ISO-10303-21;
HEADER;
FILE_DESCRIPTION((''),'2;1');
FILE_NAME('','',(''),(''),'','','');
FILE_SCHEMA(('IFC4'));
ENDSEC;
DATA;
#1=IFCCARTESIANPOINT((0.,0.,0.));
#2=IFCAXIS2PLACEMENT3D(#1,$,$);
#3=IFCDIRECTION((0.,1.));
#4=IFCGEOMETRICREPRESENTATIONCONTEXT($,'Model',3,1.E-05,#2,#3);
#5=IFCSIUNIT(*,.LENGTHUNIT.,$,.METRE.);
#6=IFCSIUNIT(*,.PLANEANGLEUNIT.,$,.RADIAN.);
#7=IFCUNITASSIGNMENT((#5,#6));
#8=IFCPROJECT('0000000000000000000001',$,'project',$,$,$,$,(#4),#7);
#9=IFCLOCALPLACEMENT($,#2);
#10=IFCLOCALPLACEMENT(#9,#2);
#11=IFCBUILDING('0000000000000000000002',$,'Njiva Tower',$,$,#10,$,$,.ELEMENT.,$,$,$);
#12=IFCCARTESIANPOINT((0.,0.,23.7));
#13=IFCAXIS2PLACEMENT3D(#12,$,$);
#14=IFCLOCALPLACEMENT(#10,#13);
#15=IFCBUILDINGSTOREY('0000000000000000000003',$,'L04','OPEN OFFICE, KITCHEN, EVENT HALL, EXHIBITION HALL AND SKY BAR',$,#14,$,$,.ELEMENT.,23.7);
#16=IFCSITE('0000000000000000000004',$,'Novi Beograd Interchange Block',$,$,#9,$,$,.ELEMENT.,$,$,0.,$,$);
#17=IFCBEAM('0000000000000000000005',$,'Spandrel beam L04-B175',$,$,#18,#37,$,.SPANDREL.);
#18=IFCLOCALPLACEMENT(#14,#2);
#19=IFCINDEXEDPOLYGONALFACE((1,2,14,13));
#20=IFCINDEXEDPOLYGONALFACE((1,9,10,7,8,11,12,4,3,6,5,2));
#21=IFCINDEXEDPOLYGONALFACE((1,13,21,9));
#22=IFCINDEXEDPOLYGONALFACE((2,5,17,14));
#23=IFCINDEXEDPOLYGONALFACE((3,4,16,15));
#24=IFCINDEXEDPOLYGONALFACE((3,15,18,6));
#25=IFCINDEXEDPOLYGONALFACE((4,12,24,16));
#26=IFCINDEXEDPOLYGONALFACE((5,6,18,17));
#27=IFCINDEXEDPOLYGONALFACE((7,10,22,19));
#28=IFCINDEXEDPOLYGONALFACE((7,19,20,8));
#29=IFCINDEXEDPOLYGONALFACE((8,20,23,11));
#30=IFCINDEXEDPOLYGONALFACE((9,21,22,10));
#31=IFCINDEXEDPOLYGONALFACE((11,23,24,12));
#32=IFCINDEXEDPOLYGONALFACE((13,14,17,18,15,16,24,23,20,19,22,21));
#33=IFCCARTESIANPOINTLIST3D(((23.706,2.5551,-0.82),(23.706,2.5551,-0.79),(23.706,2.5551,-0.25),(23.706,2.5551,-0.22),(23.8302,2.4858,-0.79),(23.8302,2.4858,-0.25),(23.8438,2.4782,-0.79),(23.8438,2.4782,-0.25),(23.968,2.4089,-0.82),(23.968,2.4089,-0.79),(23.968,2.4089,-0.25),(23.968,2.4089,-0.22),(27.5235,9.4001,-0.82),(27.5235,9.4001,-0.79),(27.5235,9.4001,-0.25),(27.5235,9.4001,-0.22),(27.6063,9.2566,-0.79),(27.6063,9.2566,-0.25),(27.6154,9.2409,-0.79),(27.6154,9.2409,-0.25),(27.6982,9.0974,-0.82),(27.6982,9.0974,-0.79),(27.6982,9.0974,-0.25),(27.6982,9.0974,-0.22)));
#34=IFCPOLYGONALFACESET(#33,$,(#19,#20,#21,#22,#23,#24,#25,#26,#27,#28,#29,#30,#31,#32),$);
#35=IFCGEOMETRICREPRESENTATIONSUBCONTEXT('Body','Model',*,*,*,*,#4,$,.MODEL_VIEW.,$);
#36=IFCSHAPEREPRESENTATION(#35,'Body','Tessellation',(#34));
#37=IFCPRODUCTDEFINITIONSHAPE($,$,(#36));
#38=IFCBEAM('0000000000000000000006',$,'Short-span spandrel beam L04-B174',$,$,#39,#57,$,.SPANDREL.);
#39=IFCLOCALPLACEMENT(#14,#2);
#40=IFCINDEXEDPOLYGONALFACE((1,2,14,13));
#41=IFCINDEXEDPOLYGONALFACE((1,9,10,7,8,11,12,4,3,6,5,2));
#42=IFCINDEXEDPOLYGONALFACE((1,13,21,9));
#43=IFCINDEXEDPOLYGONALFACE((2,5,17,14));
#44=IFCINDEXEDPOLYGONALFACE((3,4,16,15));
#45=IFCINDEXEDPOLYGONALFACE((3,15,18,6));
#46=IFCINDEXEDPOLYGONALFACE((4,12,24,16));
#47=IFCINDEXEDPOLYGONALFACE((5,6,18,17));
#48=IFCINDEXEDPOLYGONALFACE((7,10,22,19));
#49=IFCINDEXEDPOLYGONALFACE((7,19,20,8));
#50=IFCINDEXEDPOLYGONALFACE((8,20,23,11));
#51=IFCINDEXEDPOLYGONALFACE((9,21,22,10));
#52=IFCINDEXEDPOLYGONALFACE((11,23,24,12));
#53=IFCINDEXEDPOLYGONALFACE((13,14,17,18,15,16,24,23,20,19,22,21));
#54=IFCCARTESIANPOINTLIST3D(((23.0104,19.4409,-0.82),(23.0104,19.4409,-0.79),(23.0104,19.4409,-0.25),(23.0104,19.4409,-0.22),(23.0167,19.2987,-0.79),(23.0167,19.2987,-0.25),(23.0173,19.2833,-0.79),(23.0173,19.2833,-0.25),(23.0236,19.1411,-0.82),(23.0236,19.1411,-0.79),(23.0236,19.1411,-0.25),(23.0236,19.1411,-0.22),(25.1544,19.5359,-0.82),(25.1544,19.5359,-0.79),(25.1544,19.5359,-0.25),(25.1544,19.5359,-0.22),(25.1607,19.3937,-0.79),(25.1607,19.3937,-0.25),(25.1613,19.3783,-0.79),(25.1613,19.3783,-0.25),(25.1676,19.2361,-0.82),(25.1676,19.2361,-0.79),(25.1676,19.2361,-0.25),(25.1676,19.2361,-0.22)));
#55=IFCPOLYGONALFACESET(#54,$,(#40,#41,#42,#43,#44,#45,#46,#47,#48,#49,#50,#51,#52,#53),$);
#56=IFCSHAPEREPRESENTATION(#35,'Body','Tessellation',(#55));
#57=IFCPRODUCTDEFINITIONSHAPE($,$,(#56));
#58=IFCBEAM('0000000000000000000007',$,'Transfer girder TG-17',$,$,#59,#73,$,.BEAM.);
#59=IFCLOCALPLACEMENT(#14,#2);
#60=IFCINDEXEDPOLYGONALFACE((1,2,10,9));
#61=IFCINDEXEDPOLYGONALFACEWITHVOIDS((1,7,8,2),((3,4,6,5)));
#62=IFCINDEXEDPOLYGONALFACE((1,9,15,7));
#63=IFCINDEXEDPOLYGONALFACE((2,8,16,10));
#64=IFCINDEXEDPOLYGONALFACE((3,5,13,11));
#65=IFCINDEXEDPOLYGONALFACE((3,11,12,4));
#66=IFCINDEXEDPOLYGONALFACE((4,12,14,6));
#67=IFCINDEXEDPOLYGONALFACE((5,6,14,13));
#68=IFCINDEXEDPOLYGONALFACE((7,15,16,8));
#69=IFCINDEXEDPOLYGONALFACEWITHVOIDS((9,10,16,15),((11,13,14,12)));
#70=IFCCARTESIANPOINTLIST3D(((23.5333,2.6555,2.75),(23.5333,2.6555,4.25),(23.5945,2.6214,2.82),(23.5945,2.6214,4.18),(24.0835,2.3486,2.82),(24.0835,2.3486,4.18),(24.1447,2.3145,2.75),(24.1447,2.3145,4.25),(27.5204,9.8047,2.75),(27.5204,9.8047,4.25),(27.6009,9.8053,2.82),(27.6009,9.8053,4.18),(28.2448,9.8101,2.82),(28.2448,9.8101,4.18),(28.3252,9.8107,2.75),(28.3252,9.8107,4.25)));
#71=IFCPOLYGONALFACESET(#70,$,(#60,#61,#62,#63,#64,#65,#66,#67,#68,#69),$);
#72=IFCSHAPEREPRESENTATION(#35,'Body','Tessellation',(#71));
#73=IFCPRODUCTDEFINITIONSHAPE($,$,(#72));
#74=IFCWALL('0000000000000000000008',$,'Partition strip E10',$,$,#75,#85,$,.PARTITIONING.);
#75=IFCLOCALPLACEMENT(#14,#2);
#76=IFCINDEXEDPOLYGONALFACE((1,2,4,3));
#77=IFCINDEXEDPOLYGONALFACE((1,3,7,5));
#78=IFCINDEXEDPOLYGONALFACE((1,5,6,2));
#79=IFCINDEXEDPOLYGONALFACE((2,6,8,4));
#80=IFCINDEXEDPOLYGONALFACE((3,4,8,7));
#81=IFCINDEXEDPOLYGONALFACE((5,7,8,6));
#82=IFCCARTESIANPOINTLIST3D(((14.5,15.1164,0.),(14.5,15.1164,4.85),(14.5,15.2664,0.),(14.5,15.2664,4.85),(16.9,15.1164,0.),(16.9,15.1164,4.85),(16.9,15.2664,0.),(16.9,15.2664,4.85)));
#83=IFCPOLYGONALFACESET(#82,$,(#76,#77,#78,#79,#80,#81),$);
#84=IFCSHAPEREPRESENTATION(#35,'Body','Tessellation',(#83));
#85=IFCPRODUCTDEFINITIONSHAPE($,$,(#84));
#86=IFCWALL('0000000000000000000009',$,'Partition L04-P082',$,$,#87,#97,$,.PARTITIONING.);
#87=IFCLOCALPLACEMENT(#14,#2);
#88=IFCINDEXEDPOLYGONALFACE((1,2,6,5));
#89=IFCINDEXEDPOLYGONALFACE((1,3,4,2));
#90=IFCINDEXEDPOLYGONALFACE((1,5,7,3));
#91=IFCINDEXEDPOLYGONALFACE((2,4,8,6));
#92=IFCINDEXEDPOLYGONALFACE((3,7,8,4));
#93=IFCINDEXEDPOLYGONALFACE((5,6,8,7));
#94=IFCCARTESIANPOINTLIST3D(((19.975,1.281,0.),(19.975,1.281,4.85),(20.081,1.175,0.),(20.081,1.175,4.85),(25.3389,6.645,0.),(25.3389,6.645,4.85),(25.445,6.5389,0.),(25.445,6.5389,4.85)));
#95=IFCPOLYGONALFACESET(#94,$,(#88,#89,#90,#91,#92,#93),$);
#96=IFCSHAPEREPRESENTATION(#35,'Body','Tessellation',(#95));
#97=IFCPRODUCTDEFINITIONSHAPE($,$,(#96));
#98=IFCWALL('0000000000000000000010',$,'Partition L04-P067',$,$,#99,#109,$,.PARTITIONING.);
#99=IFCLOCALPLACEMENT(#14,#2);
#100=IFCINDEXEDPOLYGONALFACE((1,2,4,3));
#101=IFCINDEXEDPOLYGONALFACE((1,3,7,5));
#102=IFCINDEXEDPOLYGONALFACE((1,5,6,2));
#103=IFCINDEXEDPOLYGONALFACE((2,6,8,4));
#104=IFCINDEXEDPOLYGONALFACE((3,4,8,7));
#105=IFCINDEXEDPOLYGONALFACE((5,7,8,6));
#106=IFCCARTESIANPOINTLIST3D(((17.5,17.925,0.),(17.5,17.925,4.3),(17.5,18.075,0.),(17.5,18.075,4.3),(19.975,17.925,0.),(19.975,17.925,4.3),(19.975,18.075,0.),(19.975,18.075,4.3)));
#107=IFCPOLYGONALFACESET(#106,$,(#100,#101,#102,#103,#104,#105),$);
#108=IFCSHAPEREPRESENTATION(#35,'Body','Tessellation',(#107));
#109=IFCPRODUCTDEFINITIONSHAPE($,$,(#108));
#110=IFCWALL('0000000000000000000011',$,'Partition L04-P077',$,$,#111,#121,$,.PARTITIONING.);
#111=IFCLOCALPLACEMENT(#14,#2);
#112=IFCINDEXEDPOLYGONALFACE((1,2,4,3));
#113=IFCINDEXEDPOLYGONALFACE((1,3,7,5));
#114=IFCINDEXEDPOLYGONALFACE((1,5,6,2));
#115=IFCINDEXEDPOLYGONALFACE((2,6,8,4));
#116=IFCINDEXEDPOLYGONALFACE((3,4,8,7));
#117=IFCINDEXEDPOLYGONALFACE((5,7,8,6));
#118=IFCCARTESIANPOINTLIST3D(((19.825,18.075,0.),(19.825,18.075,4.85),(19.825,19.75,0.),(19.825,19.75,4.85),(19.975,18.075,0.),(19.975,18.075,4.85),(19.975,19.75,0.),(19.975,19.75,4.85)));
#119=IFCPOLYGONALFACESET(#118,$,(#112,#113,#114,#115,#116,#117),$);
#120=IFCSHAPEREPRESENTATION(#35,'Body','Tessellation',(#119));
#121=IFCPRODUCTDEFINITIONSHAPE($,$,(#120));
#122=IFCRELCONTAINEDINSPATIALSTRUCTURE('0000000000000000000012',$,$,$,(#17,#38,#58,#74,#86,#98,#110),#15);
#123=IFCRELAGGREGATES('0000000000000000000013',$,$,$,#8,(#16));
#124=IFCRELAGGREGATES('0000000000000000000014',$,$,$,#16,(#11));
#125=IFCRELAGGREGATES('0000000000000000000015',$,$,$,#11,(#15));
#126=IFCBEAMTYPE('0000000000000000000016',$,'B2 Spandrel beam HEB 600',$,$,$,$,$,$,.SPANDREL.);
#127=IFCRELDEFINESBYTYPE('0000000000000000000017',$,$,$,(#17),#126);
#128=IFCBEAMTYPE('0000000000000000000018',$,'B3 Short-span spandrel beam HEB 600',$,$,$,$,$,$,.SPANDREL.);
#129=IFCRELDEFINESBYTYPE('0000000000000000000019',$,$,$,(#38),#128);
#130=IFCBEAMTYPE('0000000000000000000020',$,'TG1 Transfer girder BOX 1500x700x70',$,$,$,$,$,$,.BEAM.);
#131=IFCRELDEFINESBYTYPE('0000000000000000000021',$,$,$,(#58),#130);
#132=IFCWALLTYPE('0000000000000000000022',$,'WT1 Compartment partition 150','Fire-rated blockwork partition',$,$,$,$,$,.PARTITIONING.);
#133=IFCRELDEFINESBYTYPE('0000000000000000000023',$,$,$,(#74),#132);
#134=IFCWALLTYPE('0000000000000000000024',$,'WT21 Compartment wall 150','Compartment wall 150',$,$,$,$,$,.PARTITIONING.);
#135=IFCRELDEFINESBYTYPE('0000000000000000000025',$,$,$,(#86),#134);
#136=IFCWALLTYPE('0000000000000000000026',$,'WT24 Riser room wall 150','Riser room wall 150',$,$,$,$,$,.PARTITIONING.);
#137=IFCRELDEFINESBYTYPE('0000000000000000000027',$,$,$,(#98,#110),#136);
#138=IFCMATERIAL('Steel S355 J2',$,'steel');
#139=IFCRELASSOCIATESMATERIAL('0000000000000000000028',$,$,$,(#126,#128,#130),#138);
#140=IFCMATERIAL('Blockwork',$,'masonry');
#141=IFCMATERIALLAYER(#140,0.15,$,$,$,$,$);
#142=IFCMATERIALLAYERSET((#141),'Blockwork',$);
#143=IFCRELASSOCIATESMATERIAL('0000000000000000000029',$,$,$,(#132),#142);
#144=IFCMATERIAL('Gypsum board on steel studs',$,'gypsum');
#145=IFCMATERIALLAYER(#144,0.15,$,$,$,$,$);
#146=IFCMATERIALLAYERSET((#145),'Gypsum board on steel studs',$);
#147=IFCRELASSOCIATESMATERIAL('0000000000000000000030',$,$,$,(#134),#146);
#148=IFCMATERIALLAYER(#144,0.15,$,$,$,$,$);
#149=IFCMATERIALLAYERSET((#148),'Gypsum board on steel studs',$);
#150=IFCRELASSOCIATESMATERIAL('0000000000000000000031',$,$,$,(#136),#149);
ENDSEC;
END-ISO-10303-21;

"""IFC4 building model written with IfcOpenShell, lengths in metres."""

from ifc_helpers import new_model, si_unit, direction, frame, frame_2d, origin, origin_2d, place, context, subcontext, project, spatial, rectangle, hollow_rectangle, i_section, extrude, clip, halfspace, material, layer, layer_set, material_profile, profile_set, type_object, element, save


model = new_model("IFC4")

# Units and contexts
model_context = context("Model", 3, precision=1e-05, world=origin(), true_north=direction((0.0, 1.0)))
body_context = subcontext(model_context, "Body", "Model", "MODEL_VIEW")
ifc_project = project(units=[si_unit("LENGTHUNIT", "METRE"), si_unit("PLANEANGLEUNIT", "RADIAN")], contexts=[model_context])

# Site, building, storey
site_placement = place(None, origin())
site = spatial("IfcSite", under=ifc_project, at=site_placement, Name="Novi Beograd Interchange Block", CompositionType="ELEMENT", RefElevation=0.0)
building_placement = place(site_placement, origin())
building = spatial("IfcBuilding", under=site, at=building_placement, Name="Njiva Tower", CompositionType="ELEMENT")
storey_placement = place(building_placement, frame((0.0, 0.0, 23.7)))
storey = spatial("IfcBuildingStorey", under=building, at=storey_placement, Name="L04", Description="OPEN OFFICE, KITCHEN, EVENT HALL, EXHIBITION HALL AND SKY BAR", CompositionType="ELEMENT", Elevation=23.7)

# Shared definitions
ifc_material_1 = material(Name="Steel S355 J2", Category="steel")

# Beams
ifc_material_profile_1 = material_profile(ifc_material_1, i_section(OverallWidth=0.3, OverallDepth=0.6, WebThickness=0.0155, FlangeThickness=0.03, at=origin_2d()), Name="HEB 600")
ifc_profile_set_1 = profile_set([ifc_material_profile_1], Name="Steel S355 J2")
beam_type_1 = type_object("IfcBeamType", Name="B2 Spandrel beam HEB 600", PredefinedType="SPANDREL", material=ifc_profile_set_1)
beam_1_placement = place(storey_placement, frame((23.837, 2.482, -0.52), z_axis=(0.487078, 0.873359, 0.0), x_axis=(-0.873359, 0.487078, 0.0)))
element("IfcBeam", 1, at=beam_1_placement, inside=storey, type_object=beam_type_1, Name="Spandrel beam L04-B175", PredefinedType="SPANDREL", context=body_context, shape_type="Clipping", body=[
    clip(extrude(i_section(OverallWidth=0.3, OverallDepth=0.6, WebThickness=0.0155, FlangeThickness=0.03, at=origin_2d()), origin(), (0.0, 0.0, 1.0), 7.8582), halfspace(frame((-0.0257, 0.0, 7.7326), z_axis=(-0.512814, 0.0, 0.8585), x_axis=(0.0, 1.0, 0.0)), False)),
])
ifc_material_profile_2 = material_profile(ifc_material_1, i_section(OverallWidth=0.3, OverallDepth=0.6, WebThickness=0.0155, FlangeThickness=0.03, at=origin_2d()), Name="HEB 600")
ifc_profile_set_2 = profile_set([ifc_material_profile_2], Name="Steel S355 J2")
beam_type_2 = type_object("IfcBeamType", Name="B3 Short-span spandrel beam HEB 600", PredefinedType="SPANDREL", material=ifc_profile_set_2)
beam_2_placement = place(storey_placement, frame((23.017, 19.291, -0.52), z_axis=(0.99902, 0.044266, 0.0), x_axis=(-0.044266, 0.99902, 0.0)))
element("IfcBeam", 2, at=beam_2_placement, inside=storey, type_object=beam_type_2, Name="Short-span spandrel beam L04-B174", PredefinedType="SPANDREL", context=body_context, shape_type="SweptSolid", body=[
    extrude(i_section(OverallWidth=0.3, OverallDepth=0.6, WebThickness=0.0155, FlangeThickness=0.03, at=origin_2d()), origin(), (0.0, 0.0, 1.0), 2.1461),
])
ifc_material_profile_3 = material_profile(ifc_material_1, hollow_rectangle(XDim=0.7, YDim=1.5, WallThickness=0.07, at=origin_2d()), Name="BOX 1500x700x70")
ifc_profile_set_3 = profile_set([ifc_material_profile_3], Name="Steel S355 J2")
beam_type_3 = type_object("IfcBeamType", Name="TG1 Transfer girder BOX 1500x700x70", PredefinedType="BEAM", material=ifc_profile_set_3)
beam_3_placement = place(storey_placement, frame((23.839, 2.485, 3.5), z_axis=(0.48707, 0.873363, 0.0), x_axis=(-0.873363, 0.48707, 0.0)))
element("IfcBeam", 3, at=beam_3_placement, inside=storey, type_object=beam_type_3, Name="Transfer girder TG-17", PredefinedType="BEAM", context=body_context, shape_type="Clipping", body=[
    clip(extrude(hollow_rectangle(XDim=0.7, YDim=1.5, WallThickness=0.07, at=origin_2d()), origin(), (0.0, 0.0, 1.0), 8.6138), halfspace(frame((0.0003, 0.0, 8.3843), z_axis=(0.493563, 0.0, 0.86971), x_axis=(0.0, 1.0, 0.0)), False)),
])

# Walls
ifc_material_2 = material(Name="Blockwork", Category="masonry")
ifc_layer_1 = layer(ifc_material_2, 0.15)
ifc_layer_set_1 = layer_set([ifc_layer_1], Name="Blockwork")
wall_type_1 = type_object("IfcWallType", Name="WT1 Compartment partition 150", Description="Fire-rated blockwork partition", PredefinedType="PARTITIONING", material=ifc_layer_set_1)
wall_1_placement = place(storey_placement, frame((14.5, 15.1914, 0.0), z_axis=(0.0, 0.0, 1.0), x_axis=(1.0, 0.0, 0.0)))
element("IfcWall", 4, at=wall_1_placement, inside=storey, type_object=wall_type_1, Name="Partition strip E10", PredefinedType="PARTITIONING", context=body_context, shape_type="SweptSolid", body=[
    extrude(rectangle(XDim=2.4, YDim=0.15, at=frame_2d((1.2, 0.0))), origin(), (0.0, 0.0, 1.0), 4.85),
])
ifc_material_3 = material(Name="Gypsum board on steel studs", Category="gypsum")
ifc_layer_2 = layer(ifc_material_3, 0.15)
ifc_layer_set_2 = layer_set([ifc_layer_2], Name="Gypsum board on steel studs")
wall_type_2 = type_object("IfcWallType", Name="WT21 Compartment wall 150", Description="Compartment wall 150", PredefinedType="PARTITIONING", material=ifc_layer_set_2)
wall_2_placement = place(storey_placement, frame((20.028, 1.228, 0.0), z_axis=(0.0, 0.0, 1.0), x_axis=(0.707107, 0.707107, 0.0)))
element("IfcWall", 5, at=wall_2_placement, inside=storey, type_object=wall_type_2, Name="Partition L04-P082", PredefinedType="PARTITIONING", context=body_context, shape_type="SweptSolid", body=[
    extrude(rectangle(XDim=7.5858, YDim=0.15, at=frame_2d((3.7929, 0.0))), origin(), (0.0, 0.0, 1.0), 4.85),
])
ifc_layer_3 = layer(ifc_material_3, 0.15)
ifc_layer_set_3 = layer_set([ifc_layer_3], Name="Gypsum board on steel studs")
wall_type_3 = type_object("IfcWallType", Name="WT24 Riser room wall 150", Description="Riser room wall 150", PredefinedType="PARTITIONING", material=ifc_layer_set_3)
wall_3_placement = place(storey_placement, frame((17.5, 18.0, 0.0), z_axis=(0.0, 0.0, 1.0), x_axis=(1.0, 0.0, 0.0)))
element("IfcWall", 6, at=wall_3_placement, inside=storey, type_object=wall_type_3, Name="Partition L04-P067", PredefinedType="PARTITIONING", context=body_context, shape_type="SweptSolid", body=[
    extrude(rectangle(XDim=2.475, YDim=0.15, at=frame_2d((1.2375, 0.0))), origin(), (0.0, 0.0, 1.0), 4.3),
])
wall_4_placement = place(storey_placement, frame((19.9, 18.075, 0.0), z_axis=(0.0, 0.0, 1.0), x_axis=(0.0, 1.0, 0.0)))
element("IfcWall", 7, at=wall_4_placement, inside=storey, type_object=wall_type_3, Name="Partition L04-P077", PredefinedType="PARTITIONING", context=body_context, shape_type="SweptSolid", body=[
    extrude(rectangle(XDim=1.675, YDim=0.15, at=frame_2d((0.8375, 0.0))), origin(), (0.0, 0.0, 1.0), 4.85),
])

save(model, "model.ifc")
